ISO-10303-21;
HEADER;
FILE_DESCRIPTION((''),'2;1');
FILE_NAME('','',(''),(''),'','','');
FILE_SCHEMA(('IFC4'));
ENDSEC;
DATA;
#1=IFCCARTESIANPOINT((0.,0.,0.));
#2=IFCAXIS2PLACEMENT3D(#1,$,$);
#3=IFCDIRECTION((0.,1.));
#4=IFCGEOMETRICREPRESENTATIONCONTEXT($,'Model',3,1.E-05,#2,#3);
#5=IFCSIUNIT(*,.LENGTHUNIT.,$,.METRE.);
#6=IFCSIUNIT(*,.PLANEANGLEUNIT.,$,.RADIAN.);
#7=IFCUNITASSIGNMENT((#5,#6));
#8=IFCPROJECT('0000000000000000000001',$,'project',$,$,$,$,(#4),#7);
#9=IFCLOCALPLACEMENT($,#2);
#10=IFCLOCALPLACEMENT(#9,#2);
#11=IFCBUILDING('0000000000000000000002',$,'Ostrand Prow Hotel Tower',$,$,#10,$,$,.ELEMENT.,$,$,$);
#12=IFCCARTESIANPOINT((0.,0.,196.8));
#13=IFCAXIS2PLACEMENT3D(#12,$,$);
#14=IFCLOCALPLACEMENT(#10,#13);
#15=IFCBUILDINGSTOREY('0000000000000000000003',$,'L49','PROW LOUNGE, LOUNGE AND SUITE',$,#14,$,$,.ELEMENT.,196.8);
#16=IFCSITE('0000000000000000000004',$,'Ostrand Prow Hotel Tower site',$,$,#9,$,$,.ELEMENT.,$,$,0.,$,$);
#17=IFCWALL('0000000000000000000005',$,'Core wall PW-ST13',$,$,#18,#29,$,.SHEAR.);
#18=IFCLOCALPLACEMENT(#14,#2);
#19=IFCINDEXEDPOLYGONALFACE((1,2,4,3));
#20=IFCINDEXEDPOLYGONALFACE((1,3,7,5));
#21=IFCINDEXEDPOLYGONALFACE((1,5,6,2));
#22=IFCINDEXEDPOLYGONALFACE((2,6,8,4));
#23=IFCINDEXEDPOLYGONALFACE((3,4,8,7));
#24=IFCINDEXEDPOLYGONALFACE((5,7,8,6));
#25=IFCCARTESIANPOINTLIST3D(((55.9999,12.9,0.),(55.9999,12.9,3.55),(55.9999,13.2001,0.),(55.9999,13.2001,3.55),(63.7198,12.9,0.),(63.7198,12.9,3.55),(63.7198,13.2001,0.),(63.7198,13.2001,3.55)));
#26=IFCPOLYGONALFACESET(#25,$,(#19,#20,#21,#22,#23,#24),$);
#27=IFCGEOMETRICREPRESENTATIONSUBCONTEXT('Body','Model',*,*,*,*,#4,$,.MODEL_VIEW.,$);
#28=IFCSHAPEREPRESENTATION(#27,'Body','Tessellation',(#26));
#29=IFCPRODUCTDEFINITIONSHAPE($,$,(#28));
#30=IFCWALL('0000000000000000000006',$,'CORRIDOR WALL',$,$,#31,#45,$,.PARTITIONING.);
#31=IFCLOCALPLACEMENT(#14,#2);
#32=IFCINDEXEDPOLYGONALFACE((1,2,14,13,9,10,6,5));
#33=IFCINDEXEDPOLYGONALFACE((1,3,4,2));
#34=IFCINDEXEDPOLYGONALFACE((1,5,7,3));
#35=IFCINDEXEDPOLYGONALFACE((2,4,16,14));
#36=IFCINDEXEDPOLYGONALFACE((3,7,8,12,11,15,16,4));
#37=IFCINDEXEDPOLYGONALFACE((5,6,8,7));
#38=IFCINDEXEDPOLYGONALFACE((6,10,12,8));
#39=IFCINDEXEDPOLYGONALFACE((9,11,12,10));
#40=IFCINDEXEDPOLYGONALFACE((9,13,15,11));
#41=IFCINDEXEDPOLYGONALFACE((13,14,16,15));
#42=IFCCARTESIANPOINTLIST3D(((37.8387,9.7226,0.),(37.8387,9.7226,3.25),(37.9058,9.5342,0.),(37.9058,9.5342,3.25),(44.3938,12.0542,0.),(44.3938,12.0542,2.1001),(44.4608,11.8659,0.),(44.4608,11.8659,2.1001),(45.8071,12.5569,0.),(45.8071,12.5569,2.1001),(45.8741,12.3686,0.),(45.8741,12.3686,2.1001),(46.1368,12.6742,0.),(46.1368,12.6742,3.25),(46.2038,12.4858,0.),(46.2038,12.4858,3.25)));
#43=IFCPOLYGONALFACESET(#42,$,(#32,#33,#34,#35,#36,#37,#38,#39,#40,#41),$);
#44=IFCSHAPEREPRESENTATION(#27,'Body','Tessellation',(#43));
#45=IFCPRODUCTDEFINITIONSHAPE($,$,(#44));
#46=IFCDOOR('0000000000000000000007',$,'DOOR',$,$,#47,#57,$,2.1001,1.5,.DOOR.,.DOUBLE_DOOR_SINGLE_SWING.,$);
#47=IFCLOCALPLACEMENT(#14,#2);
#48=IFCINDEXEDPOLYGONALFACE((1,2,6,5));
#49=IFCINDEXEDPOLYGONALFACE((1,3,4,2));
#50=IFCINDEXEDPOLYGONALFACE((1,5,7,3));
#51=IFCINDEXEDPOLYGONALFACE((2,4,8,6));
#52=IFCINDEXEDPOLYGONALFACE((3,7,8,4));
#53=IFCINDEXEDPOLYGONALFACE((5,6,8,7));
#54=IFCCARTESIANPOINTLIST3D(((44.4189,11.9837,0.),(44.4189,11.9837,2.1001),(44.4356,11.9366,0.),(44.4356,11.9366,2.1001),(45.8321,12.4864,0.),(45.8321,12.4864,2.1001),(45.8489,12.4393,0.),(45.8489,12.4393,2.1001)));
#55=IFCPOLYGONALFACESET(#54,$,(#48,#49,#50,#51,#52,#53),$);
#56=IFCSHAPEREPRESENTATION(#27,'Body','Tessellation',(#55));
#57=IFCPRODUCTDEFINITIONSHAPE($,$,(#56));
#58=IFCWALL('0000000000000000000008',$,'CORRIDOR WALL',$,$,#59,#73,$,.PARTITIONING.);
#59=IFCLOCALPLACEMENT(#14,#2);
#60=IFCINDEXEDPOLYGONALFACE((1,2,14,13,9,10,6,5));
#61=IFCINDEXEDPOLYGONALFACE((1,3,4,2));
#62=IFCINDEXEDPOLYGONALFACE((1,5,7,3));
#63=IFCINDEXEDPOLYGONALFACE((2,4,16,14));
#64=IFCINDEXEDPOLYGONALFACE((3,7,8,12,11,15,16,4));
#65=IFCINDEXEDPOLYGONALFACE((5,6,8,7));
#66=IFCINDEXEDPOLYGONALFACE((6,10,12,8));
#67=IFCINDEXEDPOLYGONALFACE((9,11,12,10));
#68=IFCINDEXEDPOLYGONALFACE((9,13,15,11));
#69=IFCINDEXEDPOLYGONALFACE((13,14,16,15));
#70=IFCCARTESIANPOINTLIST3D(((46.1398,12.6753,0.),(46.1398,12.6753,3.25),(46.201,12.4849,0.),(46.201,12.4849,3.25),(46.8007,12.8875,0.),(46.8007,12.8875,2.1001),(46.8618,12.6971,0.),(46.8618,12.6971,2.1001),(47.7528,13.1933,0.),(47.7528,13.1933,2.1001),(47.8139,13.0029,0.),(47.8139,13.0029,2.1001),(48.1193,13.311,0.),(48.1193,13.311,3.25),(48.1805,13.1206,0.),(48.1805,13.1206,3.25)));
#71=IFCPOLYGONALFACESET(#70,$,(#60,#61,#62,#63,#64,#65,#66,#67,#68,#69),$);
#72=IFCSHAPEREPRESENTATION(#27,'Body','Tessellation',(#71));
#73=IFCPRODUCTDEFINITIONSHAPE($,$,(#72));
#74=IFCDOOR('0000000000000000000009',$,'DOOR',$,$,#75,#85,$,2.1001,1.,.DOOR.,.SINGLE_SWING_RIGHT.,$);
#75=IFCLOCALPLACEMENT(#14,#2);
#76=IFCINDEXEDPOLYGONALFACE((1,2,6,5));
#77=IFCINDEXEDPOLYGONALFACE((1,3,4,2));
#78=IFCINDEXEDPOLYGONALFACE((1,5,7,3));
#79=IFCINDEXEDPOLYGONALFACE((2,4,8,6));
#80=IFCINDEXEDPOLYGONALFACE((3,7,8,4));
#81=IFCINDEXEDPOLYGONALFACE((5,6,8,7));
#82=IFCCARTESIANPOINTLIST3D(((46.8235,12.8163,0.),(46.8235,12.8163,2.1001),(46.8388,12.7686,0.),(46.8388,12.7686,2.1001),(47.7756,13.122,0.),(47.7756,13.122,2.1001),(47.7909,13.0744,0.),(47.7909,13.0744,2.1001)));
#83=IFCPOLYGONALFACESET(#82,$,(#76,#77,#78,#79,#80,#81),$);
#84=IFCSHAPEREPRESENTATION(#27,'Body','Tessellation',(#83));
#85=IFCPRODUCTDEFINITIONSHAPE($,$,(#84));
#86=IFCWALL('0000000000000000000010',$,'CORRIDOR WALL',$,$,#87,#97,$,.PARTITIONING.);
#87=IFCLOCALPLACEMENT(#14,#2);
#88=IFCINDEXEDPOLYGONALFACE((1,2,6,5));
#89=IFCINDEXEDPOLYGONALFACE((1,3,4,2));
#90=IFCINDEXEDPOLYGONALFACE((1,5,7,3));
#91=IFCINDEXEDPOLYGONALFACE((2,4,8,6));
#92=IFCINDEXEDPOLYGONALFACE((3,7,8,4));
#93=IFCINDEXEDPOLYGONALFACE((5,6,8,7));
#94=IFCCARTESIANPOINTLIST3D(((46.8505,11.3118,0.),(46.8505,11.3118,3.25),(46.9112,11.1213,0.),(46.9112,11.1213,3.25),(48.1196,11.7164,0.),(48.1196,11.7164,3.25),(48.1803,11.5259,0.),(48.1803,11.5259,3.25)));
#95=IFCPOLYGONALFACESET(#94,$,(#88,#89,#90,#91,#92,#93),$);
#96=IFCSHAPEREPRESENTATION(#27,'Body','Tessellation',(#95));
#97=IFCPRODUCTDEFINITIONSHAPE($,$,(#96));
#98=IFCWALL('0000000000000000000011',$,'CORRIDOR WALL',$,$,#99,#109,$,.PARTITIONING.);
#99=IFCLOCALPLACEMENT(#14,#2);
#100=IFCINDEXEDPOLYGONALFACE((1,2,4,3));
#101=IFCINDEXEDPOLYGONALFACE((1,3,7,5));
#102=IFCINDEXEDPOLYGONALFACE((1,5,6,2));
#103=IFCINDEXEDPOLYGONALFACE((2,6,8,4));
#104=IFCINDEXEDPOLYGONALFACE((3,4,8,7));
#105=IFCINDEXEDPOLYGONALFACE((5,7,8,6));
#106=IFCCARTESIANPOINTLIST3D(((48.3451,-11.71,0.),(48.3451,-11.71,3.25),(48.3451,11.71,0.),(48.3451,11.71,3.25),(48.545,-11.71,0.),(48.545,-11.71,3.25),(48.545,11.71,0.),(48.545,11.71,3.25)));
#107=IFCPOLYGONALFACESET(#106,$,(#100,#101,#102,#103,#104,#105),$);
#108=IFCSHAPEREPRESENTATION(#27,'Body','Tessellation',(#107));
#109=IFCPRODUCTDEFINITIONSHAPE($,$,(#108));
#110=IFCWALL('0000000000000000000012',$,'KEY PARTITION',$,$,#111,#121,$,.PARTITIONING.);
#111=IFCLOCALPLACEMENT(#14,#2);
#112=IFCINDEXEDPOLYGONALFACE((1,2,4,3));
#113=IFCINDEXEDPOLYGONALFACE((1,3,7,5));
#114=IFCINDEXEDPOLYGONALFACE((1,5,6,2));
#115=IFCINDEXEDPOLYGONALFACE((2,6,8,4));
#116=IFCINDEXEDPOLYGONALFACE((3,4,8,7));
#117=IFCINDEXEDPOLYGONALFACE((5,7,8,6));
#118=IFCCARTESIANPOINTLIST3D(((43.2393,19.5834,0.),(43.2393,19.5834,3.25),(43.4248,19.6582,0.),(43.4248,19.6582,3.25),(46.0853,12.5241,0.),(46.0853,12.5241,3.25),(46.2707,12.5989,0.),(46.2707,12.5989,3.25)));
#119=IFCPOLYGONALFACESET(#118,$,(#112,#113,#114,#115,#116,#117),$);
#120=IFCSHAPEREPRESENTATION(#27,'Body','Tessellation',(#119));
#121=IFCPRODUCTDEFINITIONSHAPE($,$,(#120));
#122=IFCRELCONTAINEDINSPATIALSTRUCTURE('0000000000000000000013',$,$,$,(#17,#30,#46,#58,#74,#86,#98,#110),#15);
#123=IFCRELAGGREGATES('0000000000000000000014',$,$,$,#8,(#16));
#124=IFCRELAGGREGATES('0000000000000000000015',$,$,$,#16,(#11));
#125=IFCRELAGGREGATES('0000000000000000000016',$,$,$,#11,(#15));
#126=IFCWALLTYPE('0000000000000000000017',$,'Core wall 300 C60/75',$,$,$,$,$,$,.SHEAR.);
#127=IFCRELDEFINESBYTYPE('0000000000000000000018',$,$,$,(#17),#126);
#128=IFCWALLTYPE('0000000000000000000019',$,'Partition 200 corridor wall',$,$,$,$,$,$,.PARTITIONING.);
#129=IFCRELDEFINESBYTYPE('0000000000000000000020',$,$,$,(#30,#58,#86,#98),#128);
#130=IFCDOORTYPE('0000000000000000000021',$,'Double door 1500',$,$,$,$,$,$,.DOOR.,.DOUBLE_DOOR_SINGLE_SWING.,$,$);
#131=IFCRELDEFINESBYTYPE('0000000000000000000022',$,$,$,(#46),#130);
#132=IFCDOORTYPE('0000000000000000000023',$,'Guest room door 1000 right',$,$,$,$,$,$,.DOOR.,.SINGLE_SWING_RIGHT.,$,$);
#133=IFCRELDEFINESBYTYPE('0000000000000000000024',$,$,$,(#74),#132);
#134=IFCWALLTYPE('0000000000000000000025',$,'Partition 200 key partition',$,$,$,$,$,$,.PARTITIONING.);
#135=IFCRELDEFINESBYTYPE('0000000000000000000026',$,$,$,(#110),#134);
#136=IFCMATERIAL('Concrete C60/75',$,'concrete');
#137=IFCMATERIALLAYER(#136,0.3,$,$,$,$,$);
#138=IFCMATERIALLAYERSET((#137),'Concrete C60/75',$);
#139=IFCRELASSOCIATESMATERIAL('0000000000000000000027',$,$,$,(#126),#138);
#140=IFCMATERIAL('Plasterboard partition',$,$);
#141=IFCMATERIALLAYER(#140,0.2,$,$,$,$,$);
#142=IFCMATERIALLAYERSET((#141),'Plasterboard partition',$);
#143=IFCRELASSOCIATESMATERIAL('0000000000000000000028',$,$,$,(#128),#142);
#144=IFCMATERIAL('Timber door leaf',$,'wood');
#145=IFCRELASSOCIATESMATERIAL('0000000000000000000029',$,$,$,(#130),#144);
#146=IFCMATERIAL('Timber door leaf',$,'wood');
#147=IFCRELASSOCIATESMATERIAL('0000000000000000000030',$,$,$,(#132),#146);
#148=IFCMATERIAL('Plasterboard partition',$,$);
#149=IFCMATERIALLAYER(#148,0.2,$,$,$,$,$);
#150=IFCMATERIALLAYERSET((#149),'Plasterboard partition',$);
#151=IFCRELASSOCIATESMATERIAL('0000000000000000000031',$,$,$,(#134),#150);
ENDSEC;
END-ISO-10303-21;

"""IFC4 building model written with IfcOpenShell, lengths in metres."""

from ifc_helpers import new_model, si_unit, direction, frame, frame_2d, origin, place, context, subcontext, project, spatial, rectangle, extrude, material, layer, layer_set, type_object, element, fill, save


model = new_model("IFC4")

# Units and contexts
model_context = context("Model", 3, precision=1e-05, world=origin(), true_north=direction((0.0, 1.0)))
body_context = subcontext(model_context, "Body", "Model", "MODEL_VIEW")
ifc_project = project(units=[si_unit("LENGTHUNIT", "METRE"), si_unit("PLANEANGLEUNIT", "RADIAN")], contexts=[model_context])

# Site, building, storey
site_placement = place(None, origin())
site = spatial("IfcSite", under=ifc_project, at=site_placement, Name="Ostrand Prow Hotel Tower site", CompositionType="ELEMENT", RefElevation=0.0)
building_placement = place(site_placement, origin())
building = spatial("IfcBuilding", under=site, at=building_placement, Name="Ostrand Prow Hotel Tower", CompositionType="ELEMENT")
storey_placement = place(building_placement, frame((0.0, 0.0, 196.8)))
storey = spatial("IfcBuildingStorey", under=building, at=storey_placement, Name="L49", Description="PROW LOUNGE, LOUNGE AND SUITE", CompositionType="ELEMENT", Elevation=196.8)

# Wall
ifc_material_1 = material(Name="Concrete C60/75", Category="concrete")
ifc_layer_1 = layer(ifc_material_1, 0.3)
ifc_layer_set_1 = layer_set([ifc_layer_1], Name="Concrete C60/75")
wall_type_1 = type_object("IfcWallType", Name="Core wall 300 C60/75", PredefinedType="SHEAR", material=ifc_layer_set_1)
wall_1_placement = place(storey_placement, frame((56.0, 13.05, 0.0), z_axis=(0.0, 0.0, 1.0), x_axis=(1.0, 0.0, 0.0)))
element("IfcWall", 1, at=wall_1_placement, inside=storey, type_object=wall_type_1, Name="Core wall PW-ST13", PredefinedType="SHEAR", context=body_context, shape_type="SweptSolid", body=[
    extrude(rectangle(XDim=7.72, YDim=0.3, at=frame_2d((3.8599, 0.0))), origin(), (0.0, 0.0, 1.0), 3.55),
])

# Walls, openings, doors
ifc_material_2 = material(Name="Plasterboard partition")
ifc_layer_2 = layer(ifc_material_2, 0.2)
ifc_layer_set_2 = layer_set([ifc_layer_2], Name="Plasterboard partition")
wall_type_2 = type_object("IfcWallType", Name="Partition 200 corridor wall", PredefinedType="PARTITIONING", material=ifc_layer_set_2)
wall_2_placement = place(storey_placement, frame((46.1704, 12.5801, 0.0), z_axis=(0.0, 0.0, 1.0), x_axis=(-0.942171, -0.335133, 0.0)))
wall_2 = element("IfcWall", 2, at=wall_2_placement, inside=storey, type_object=wall_type_2, Name="CORRIDOR WALL", PredefinedType="PARTITIONING", context=body_context, shape_type="SweptSolid", body=[
    extrude(rectangle(XDim=8.8074, YDim=0.2, at=frame_2d((4.4038, 0.0))), origin(), (0.0, 0.0, 1.0), 3.25),
])
opening_1_placement = place(wall_2_placement, frame((0.3501, 0.0, 0.0)))
opening_1 = element("IfcOpeningElement", 3, at=opening_1_placement, cuts=wall_2, PredefinedType="OPENING", context=body_context, shape_type="SweptSolid", body=[
    extrude(rectangle(XDim=1.5, YDim=2.1001, at=frame_2d((0.75, 1.05))), frame((0.0, 0.1099, 0.0), z_axis=(0.0, -1.0, 0.0), x_axis=(1.0, 0.0, 0.0)), (0.0, 0.0, 1.0), 0.22),
])
ifc_material_3 = material(Name="Timber door leaf", Category="wood")
door_type_1 = type_object("IfcDoorType", Name="Double door 1500", OperationType="DOUBLE_DOOR_SINGLE_SWING", PredefinedType="DOOR", material=ifc_material_3)
door_1_placement = place(opening_1_placement, origin())
door_1 = element("IfcDoor", 4, at=door_1_placement, inside=storey, type_object=door_type_1, Name="DOOR", OperationType="DOUBLE_DOOR_SINGLE_SWING", OverallHeight=2.1001, OverallWidth=1.5, PredefinedType="DOOR", context=body_context, shape_type="SweptSolid", body=[
    extrude(rectangle(XDim=1.5, YDim=2.1001, at=frame_2d((0.75, 1.05))), frame((0.0, 0.0249, 0.0), z_axis=(0.0, -1.0, 0.0), x_axis=(1.0, 0.0, 0.0)), (0.0, 0.0, 1.0), 0.05),
])
fill(opening_1, door_1)
wall_3_placement = place(storey_placement, frame((48.1499, 13.2158, 0.0), z_axis=(0.0, 0.0, 1.0), x_axis=(-0.952102, -0.305781, 0.0)))
wall_3 = element("IfcWall", 5, at=wall_3_placement, inside=storey, type_object=wall_type_2, Name="CORRIDOR WALL", PredefinedType="PARTITIONING", context=body_context, shape_type="SweptSolid", body=[
    extrude(rectangle(XDim=2.0791, YDim=0.2, at=frame_2d((1.0396, 0.0))), origin(), (0.0, 0.0, 1.0), 3.25),
])
opening_2_placement = place(wall_3_placement, frame((0.385, 0.0, 0.0)))
opening_2 = element("IfcOpeningElement", 6, at=opening_2_placement, cuts=wall_3, PredefinedType="OPENING", context=body_context, shape_type="SweptSolid", body=[
    extrude(rectangle(XDim=1.0, YDim=2.1001, at=frame_2d((0.5, 1.05))), frame((0.0, 0.1099, 0.0), z_axis=(0.0, -1.0, 0.0), x_axis=(1.0, 0.0, 0.0)), (0.0, 0.0, 1.0), 0.22),
])
ifc_material_4 = material(Name="Timber door leaf", Category="wood")
door_type_2 = type_object("IfcDoorType", Name="Guest room door 1000 right", OperationType="SINGLE_SWING_RIGHT", PredefinedType="DOOR", material=ifc_material_4)
door_2_placement = place(opening_2_placement, origin())
door_2 = element("IfcDoor", 7, at=door_2_placement, inside=storey, type_object=door_type_2, Name="DOOR", OperationType="SINGLE_SWING_RIGHT", OverallHeight=2.1001, OverallWidth=1.0, PredefinedType="DOOR", context=body_context, shape_type="SweptSolid", body=[
    extrude(rectangle(XDim=1.0, YDim=2.1001, at=frame_2d((0.5, 1.05))), frame((0.0, 0.0249, 0.0), z_axis=(0.0, -1.0, 0.0), x_axis=(1.0, 0.0, 0.0)), (0.0, 0.0, 1.0), 0.05),
])
fill(opening_2, door_2)

# Walls
wall_4_placement = place(storey_placement, frame((46.8809, 11.2166, 0.0), z_axis=(0.0, 0.0, 1.0), x_axis=(0.952762, 0.303718, 0.0)))
element("IfcWall", 8, at=wall_4_placement, inside=storey, type_object=wall_type_2, Name="CORRIDOR WALL", PredefinedType="PARTITIONING", context=body_context, shape_type="SweptSolid", body=[
    extrude(rectangle(XDim=1.332, YDim=0.2, at=frame_2d((0.666, 0.0))), origin(), (0.0, 0.0, 1.0), 3.25),
])
wall_5_placement = place(storey_placement, frame((48.4451, 11.71, 0.0), z_axis=(0.0, 0.0, 1.0), x_axis=(0.0, -1.0, 0.0)))
element("IfcWall", 9, at=wall_5_placement, inside=storey, type_object=wall_type_2, Name="CORRIDOR WALL", PredefinedType="PARTITIONING", context=body_context, shape_type="SweptSolid", body=[
    extrude(rectangle(XDim=23.4199, YDim=0.2, at=frame_2d((11.71, 0.0))), origin(), (0.0, 0.0, 1.0), 3.25),
])
ifc_material_5 = material(Name="Plasterboard partition")
ifc_layer_3 = layer(ifc_material_5, 0.2)
ifc_layer_set_3 = layer_set([ifc_layer_3], Name="Plasterboard partition")
wall_type_3 = type_object("IfcWallType", Name="Partition 200 key partition", PredefinedType="PARTITIONING", material=ifc_layer_set_3)
wall_6_placement = place(storey_placement, frame((46.178, 12.5615, 0.0), z_axis=(0.0, 0.0, 1.0), x_axis=(-0.373906, 0.927467, 0.0)))
element("IfcWall", 10, at=wall_6_placement, inside=storey, type_object=wall_type_3, Name="KEY PARTITION", PredefinedType="PARTITIONING", context=body_context, shape_type="SweptSolid", body=[
    extrude(rectangle(XDim=7.6113, YDim=0.2, at=frame_2d((3.8057, 0.0))), origin(), (0.0, 0.0, 1.0), 3.25),
])

save(model, "model.ifc")
